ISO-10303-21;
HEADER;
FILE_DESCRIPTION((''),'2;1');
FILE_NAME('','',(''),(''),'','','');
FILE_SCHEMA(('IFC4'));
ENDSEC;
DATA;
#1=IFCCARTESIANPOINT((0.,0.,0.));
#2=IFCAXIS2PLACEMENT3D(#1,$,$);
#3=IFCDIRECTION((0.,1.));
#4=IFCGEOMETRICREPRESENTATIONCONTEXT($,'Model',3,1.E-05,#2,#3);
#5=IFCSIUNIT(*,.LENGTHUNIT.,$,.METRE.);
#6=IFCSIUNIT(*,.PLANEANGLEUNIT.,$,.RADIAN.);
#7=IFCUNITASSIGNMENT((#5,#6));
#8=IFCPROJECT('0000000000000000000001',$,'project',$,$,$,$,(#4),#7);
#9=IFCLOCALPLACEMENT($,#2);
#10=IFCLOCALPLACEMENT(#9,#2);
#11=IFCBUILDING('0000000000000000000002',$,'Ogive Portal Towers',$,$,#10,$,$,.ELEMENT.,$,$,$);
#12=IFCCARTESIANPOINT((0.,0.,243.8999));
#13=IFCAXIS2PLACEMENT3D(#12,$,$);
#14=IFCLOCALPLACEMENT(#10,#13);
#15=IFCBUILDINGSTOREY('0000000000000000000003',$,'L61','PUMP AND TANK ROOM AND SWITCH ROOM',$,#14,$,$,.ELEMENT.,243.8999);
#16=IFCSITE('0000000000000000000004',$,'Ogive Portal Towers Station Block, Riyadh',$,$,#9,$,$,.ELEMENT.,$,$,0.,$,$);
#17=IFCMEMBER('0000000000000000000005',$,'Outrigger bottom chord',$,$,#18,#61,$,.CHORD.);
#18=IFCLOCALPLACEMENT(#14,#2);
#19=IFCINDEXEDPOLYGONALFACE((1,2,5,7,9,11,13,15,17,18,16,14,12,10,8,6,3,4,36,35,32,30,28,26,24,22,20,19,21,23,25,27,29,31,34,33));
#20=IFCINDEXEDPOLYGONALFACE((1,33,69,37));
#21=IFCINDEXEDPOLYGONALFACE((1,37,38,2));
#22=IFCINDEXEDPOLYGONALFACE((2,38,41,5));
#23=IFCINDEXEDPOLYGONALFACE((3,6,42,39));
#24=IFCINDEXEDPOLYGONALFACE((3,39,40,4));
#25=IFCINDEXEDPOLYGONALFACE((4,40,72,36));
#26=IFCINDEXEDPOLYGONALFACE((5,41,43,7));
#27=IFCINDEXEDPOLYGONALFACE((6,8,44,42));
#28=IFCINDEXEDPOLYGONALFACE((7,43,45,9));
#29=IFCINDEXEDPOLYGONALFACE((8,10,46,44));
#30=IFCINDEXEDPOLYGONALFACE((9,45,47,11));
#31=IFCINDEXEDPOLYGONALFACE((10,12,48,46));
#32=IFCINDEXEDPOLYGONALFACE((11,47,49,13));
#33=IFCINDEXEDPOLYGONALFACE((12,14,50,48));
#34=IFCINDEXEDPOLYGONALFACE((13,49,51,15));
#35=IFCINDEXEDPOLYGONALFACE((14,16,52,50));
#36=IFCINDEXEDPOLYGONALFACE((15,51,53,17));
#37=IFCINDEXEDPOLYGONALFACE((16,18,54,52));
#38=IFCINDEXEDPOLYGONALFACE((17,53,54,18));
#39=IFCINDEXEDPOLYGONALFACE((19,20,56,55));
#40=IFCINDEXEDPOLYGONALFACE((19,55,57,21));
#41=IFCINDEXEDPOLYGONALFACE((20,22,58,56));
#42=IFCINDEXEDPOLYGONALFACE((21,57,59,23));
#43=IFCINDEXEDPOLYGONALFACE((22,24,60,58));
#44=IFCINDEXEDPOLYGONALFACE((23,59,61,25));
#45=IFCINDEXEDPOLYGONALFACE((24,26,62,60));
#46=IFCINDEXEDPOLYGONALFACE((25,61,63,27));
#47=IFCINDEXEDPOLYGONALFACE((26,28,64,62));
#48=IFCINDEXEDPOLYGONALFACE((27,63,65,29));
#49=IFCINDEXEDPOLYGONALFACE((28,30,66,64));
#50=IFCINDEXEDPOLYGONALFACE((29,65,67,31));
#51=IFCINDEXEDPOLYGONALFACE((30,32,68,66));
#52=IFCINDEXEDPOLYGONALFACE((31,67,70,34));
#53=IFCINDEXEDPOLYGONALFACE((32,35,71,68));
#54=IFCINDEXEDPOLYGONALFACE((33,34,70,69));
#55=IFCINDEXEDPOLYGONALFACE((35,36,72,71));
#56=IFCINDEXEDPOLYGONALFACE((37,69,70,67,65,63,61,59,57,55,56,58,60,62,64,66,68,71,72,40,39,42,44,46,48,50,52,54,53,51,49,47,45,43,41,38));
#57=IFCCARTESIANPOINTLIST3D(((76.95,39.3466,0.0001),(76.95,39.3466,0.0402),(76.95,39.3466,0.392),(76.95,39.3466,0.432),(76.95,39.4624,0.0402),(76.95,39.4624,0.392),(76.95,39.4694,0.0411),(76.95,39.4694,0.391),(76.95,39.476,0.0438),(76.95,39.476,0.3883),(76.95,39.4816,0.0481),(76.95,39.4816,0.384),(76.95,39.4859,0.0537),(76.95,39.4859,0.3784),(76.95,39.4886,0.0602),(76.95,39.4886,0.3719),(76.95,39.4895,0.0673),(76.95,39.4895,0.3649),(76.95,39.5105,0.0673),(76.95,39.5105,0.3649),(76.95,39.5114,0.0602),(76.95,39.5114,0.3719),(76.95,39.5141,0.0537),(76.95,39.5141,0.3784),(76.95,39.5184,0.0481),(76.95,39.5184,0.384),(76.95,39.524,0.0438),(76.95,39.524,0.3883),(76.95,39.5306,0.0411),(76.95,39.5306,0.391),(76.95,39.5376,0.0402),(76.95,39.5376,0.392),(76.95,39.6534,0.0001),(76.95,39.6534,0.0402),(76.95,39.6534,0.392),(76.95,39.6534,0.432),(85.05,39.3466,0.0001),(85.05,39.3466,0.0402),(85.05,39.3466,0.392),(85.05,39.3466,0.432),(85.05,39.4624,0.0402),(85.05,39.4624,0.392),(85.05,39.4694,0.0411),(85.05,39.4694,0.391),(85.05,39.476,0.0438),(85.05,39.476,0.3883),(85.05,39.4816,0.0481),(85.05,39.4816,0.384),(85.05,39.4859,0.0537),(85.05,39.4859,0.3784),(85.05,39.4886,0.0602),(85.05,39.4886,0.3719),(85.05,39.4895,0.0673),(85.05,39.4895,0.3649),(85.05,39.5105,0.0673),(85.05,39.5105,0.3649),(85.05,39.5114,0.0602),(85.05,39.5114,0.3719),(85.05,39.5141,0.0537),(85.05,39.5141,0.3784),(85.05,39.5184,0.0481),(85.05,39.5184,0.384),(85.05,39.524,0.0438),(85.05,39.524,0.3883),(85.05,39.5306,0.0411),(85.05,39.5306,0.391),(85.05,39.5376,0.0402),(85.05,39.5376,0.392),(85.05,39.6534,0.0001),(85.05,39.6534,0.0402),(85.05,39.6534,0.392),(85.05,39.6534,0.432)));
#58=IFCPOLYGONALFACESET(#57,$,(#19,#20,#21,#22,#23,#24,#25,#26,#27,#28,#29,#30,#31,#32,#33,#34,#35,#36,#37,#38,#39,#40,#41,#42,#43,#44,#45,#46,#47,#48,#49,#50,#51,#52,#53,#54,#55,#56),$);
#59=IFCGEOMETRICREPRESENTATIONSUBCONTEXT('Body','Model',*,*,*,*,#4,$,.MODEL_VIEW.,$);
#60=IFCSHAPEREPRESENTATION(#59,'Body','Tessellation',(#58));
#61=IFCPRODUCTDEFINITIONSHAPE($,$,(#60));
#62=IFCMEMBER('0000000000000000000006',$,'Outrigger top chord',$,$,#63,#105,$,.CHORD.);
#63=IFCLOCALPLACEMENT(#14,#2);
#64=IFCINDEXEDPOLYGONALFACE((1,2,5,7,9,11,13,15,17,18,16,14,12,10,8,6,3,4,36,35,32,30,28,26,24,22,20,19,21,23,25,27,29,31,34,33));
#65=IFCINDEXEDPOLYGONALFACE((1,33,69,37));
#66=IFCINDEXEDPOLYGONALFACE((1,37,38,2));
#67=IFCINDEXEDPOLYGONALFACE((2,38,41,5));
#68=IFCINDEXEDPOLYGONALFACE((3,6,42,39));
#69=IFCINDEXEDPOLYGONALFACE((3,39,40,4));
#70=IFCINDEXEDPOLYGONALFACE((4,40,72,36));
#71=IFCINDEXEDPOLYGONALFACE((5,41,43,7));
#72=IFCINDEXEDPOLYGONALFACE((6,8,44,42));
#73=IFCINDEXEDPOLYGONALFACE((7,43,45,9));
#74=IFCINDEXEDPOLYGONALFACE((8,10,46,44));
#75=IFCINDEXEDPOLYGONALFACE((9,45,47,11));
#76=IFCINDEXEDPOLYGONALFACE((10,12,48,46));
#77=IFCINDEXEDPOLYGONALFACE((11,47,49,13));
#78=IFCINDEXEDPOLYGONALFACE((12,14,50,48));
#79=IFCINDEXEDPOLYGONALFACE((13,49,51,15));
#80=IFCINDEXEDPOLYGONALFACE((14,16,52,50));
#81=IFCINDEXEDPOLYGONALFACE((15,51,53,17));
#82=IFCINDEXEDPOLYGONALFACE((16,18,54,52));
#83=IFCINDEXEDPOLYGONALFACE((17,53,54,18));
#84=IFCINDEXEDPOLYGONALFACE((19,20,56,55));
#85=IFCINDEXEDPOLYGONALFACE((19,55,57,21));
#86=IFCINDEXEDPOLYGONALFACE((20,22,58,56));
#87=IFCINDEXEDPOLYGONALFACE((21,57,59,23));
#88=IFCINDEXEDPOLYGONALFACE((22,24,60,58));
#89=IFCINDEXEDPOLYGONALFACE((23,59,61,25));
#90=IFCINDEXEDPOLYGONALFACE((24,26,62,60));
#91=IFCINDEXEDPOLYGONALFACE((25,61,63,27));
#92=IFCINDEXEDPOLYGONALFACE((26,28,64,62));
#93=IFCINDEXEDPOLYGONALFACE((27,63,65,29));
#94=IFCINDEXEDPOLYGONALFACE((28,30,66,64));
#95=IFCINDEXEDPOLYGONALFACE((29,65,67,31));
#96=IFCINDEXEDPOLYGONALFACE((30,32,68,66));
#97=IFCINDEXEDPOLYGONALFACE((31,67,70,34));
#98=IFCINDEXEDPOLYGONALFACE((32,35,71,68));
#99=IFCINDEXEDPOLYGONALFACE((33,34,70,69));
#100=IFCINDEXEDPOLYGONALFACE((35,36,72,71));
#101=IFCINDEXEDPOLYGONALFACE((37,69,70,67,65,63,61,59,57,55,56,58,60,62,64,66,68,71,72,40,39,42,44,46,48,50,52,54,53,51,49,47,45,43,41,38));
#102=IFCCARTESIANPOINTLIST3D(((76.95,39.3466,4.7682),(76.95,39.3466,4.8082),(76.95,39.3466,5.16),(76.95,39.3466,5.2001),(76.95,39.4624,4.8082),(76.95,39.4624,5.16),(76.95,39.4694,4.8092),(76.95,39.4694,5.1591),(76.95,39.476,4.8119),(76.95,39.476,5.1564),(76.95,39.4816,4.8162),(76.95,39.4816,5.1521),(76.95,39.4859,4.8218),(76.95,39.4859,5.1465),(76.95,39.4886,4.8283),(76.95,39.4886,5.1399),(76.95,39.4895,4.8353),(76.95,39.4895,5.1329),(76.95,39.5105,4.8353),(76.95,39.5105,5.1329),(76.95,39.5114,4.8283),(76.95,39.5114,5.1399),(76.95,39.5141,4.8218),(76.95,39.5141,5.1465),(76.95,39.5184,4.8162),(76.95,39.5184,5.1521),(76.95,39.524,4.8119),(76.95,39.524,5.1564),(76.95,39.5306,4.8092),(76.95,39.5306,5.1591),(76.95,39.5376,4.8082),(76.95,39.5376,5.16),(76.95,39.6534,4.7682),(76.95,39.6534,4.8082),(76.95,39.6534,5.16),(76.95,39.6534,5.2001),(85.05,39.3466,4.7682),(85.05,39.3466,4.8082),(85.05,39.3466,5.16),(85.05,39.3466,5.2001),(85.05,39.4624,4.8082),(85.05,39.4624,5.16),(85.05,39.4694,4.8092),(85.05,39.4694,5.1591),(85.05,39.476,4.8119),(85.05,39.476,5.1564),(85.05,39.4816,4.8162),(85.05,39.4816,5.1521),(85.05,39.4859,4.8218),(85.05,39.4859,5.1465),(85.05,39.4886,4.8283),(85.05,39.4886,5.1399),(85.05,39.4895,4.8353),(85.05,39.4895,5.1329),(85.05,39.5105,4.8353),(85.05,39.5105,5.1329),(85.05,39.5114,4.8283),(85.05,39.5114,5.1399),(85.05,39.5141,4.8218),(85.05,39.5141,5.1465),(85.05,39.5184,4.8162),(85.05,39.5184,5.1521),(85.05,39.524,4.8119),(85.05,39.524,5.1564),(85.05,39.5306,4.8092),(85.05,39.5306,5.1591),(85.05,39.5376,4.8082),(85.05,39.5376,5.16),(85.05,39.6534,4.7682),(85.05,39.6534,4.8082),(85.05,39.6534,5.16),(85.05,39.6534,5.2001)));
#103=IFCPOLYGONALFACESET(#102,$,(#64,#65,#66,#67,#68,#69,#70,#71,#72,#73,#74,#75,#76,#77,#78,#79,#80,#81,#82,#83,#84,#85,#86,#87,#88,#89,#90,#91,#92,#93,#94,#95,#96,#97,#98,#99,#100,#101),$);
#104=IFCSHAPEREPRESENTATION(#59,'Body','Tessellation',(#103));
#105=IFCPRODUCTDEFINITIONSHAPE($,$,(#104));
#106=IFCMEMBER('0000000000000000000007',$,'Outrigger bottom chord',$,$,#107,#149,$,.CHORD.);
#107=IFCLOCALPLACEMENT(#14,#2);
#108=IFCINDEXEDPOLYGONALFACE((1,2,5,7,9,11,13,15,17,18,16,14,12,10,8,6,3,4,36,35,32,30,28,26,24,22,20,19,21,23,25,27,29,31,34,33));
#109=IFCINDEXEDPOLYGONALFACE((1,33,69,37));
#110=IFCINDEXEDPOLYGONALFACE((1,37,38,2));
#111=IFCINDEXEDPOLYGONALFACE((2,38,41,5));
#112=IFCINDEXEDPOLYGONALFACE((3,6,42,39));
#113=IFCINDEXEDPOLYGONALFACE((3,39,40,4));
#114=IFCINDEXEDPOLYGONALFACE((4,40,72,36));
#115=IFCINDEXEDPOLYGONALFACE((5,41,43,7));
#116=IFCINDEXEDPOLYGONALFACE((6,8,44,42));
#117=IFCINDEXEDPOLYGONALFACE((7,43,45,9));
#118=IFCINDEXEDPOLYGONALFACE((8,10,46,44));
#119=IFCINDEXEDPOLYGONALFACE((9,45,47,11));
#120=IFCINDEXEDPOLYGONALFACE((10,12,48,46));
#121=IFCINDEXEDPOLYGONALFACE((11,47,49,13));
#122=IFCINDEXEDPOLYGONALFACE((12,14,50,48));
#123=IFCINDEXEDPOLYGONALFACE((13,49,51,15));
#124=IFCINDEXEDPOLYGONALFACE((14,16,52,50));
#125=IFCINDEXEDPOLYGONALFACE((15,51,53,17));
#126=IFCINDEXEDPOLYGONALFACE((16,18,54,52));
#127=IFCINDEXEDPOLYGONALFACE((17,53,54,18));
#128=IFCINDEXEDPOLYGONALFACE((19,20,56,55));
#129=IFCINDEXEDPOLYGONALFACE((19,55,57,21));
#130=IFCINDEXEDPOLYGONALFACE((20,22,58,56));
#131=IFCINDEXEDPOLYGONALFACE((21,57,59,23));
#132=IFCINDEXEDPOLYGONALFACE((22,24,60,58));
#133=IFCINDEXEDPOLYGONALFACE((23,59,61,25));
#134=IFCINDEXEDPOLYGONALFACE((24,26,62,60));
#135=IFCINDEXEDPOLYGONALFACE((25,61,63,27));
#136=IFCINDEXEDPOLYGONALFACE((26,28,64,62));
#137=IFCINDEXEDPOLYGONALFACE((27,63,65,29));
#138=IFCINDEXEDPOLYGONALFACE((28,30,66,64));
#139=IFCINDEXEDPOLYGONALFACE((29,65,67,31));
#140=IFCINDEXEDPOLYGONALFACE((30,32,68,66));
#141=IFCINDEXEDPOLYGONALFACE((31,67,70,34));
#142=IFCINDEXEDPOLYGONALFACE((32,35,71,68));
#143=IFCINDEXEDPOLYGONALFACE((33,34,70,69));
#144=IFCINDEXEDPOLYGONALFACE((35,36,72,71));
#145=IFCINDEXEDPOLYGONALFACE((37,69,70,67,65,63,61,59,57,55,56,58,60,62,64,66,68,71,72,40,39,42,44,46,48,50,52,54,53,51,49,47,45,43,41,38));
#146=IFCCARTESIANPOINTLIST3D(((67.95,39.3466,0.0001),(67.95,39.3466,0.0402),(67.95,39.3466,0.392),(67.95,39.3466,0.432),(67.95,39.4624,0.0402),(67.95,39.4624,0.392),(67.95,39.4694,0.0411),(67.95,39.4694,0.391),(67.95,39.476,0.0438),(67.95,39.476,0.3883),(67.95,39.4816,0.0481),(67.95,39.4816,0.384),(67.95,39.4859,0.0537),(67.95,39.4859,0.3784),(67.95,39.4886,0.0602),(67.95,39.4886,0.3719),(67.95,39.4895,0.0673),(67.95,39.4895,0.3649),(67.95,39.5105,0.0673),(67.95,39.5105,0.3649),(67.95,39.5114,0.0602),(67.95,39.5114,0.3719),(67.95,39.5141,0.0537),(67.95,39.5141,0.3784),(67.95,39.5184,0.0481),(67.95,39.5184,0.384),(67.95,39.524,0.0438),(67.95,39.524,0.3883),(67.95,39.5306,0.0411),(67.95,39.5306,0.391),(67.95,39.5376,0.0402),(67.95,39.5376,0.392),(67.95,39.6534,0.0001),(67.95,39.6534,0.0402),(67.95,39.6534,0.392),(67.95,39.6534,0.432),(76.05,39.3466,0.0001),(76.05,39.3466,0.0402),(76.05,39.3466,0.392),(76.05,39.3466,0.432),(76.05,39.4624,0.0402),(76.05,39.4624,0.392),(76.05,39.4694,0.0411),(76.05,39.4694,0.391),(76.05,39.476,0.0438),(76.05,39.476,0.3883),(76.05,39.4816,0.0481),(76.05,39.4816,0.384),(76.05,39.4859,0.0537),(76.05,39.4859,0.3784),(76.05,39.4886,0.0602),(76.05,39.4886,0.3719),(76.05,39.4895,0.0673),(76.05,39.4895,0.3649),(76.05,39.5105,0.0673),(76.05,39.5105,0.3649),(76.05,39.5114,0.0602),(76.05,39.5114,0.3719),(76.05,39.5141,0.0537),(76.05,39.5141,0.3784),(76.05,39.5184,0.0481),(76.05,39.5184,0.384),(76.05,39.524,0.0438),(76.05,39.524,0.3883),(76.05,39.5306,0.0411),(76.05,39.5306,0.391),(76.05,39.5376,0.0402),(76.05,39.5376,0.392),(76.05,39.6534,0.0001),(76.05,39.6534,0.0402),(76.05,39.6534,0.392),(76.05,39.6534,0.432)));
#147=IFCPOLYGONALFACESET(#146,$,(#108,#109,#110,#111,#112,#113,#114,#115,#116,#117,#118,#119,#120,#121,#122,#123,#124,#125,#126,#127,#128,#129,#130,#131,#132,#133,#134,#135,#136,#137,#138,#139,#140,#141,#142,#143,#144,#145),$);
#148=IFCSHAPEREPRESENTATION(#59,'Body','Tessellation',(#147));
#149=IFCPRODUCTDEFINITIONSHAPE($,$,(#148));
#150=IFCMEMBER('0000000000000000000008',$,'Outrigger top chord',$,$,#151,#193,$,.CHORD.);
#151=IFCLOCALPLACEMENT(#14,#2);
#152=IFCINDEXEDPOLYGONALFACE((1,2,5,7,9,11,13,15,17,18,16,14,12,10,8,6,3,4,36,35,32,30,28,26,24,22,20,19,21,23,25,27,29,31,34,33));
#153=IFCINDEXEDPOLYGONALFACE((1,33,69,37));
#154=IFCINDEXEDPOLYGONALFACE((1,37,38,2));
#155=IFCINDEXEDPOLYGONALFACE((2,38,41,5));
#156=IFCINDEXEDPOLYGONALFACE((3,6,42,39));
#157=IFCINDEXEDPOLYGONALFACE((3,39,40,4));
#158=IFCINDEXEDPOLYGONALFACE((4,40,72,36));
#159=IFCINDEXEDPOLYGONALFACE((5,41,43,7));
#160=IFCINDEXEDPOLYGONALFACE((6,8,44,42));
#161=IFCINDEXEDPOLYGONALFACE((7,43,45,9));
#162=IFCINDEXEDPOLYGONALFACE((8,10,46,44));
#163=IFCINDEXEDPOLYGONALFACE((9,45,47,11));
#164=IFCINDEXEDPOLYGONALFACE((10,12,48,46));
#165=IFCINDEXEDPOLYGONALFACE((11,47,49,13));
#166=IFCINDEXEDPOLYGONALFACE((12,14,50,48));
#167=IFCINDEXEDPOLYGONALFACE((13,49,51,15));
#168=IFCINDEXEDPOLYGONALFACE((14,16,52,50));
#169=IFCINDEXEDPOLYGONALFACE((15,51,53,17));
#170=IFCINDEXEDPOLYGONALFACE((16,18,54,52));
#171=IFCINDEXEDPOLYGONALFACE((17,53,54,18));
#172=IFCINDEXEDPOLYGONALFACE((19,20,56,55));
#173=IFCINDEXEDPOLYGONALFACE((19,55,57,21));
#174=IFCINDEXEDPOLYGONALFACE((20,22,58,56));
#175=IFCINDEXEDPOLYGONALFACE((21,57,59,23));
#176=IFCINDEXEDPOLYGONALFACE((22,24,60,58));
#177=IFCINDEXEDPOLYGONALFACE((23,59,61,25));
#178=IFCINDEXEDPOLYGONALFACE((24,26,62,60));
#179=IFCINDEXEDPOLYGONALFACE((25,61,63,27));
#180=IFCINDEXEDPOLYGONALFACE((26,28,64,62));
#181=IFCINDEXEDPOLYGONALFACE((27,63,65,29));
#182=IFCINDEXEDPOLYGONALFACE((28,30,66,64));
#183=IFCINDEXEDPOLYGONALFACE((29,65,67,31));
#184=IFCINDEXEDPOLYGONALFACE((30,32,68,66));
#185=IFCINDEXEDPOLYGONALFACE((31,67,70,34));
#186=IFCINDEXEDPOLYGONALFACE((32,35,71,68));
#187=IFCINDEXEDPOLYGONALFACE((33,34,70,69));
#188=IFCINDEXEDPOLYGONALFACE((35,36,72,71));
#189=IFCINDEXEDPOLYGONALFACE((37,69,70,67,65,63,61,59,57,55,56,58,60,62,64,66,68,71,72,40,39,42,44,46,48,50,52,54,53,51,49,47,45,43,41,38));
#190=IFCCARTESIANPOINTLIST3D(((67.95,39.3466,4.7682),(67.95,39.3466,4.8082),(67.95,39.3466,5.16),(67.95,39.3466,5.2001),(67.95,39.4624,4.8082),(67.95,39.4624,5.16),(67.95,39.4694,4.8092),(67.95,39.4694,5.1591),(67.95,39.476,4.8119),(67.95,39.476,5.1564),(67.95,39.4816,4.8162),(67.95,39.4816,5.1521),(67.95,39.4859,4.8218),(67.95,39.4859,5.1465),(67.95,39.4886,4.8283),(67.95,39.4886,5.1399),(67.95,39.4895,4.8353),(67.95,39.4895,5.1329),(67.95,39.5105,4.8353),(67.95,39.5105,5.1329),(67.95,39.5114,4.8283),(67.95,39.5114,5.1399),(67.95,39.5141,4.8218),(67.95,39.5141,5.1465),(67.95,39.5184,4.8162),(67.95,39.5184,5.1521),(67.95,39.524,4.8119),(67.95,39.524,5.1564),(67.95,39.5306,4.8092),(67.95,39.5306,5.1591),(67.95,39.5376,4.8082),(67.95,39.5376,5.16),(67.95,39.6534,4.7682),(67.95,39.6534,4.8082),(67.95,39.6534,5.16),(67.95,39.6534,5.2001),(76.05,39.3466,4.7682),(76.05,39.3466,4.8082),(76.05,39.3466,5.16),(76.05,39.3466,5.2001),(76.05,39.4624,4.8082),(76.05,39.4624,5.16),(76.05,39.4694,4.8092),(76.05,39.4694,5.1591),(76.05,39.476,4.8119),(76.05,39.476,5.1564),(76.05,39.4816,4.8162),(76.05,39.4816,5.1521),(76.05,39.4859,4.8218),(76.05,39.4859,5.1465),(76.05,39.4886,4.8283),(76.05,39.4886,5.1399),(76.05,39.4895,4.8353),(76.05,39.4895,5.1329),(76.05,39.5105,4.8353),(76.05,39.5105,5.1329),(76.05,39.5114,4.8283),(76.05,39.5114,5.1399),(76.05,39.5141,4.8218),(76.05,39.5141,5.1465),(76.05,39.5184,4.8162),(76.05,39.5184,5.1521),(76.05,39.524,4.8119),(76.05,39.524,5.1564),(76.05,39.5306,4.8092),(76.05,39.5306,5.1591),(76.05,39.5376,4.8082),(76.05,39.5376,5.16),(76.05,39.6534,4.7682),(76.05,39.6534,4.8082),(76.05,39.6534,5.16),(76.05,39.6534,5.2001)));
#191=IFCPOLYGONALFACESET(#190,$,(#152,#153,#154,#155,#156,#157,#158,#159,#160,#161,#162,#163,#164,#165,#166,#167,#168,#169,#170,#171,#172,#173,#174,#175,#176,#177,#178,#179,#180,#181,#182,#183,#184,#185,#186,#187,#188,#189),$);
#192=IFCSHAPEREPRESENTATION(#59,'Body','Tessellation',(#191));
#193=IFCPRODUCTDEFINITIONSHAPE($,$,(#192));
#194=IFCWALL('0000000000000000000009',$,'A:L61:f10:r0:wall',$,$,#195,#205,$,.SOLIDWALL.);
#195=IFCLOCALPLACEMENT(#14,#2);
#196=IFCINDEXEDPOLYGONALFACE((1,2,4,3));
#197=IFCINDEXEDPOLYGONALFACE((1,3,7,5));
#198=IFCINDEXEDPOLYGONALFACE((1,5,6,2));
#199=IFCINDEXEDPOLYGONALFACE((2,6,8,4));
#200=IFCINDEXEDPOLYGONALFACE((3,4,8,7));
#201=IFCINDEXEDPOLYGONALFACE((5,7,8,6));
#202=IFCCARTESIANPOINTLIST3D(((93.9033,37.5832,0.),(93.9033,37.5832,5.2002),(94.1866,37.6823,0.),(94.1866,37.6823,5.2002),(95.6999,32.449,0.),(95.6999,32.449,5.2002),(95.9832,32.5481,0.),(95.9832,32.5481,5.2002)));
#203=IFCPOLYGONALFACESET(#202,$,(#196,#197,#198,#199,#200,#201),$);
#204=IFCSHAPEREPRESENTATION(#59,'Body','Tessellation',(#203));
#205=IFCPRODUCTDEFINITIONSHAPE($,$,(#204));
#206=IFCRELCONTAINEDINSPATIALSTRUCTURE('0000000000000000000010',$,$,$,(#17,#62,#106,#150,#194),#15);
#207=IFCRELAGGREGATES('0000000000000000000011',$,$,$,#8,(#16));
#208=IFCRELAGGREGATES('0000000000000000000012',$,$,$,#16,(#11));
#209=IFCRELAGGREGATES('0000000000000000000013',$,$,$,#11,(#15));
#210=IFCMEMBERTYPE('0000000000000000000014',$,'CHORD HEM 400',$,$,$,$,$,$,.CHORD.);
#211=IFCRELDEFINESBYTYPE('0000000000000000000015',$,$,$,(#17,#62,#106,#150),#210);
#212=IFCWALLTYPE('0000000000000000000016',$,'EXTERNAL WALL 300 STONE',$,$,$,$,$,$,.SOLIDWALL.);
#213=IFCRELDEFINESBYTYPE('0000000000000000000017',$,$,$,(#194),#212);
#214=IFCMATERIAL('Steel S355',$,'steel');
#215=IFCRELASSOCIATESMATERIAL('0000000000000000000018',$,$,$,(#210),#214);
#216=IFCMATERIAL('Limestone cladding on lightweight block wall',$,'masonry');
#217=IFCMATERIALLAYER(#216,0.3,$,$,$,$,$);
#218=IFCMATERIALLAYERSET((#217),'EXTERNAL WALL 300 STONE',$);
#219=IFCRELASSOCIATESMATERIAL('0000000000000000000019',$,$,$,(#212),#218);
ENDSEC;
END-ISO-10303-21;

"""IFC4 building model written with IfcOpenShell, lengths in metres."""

from ifc_helpers import new_model, si_unit, direction, frame, frame_2d, origin, origin_2d, place, context, subcontext, project, spatial, rectangle, i_section, extrude, material, layer, layer_set, material_profile, profile_set, type_object, element, save


model = new_model("IFC4")

# Units and contexts
model_context = context("Model", 3, precision=1e-05, world=origin(), true_north=direction((0.0, 1.0)))
body_context = subcontext(model_context, "Body", "Model", "MODEL_VIEW")
ifc_project = project(units=[si_unit("LENGTHUNIT", "METRE"), si_unit("PLANEANGLEUNIT", "RADIAN")], contexts=[model_context])

# Site, building, storey
site_placement = place(None, origin())
site = spatial("IfcSite", under=ifc_project, at=site_placement, Name="Ogive Portal Towers Station Block, Riyadh", CompositionType="ELEMENT", RefElevation=0.0)
building_placement = place(site_placement, origin())
building = spatial("IfcBuilding", under=site, at=building_placement, Name="Ogive Portal Towers", CompositionType="ELEMENT")
storey_placement = place(building_placement, frame((0.0, 0.0, 243.8999)))
storey = spatial("IfcBuildingStorey", under=building, at=storey_placement, Name="L61", Description="PUMP AND TANK ROOM AND SWITCH ROOM", CompositionType="ELEMENT", Elevation=243.8999)

# Members
ifc_material_1 = material(Name="Steel S355", Category="steel")
ifc_material_profile_1 = material_profile(ifc_material_1, i_section(OverallWidth=0.3069, OverallDepth=0.4319, WebThickness=0.021, FlangeThickness=0.04, FilletRadius=0.0271, at=origin_2d()), Name="HEM 400")
ifc_profile_set_1 = profile_set([ifc_material_profile_1], Name="Steel S355")
member_type_1 = type_object("IfcMemberType", Name="CHORD HEM 400", PredefinedType="CHORD", material=ifc_profile_set_1)
for number, where, z_axis, x_axis, name in (
    (1, (85.05, 39.5, 0.2161), (-1.0, 0.0, 0.0), (0.0, -1.0, 0.0), "Outrigger bottom chord"),
    (2, (85.05, 39.5, 4.9841), (-1.0, 0.0, 0.0), (0.0, -1.0, 0.0), "Outrigger top chord"),
    (3, (76.05, 39.5, 0.2161), (-1.0, 0.0, 0.0), (0.0, -1.0, 0.0), "Outrigger bottom chord"),
    (4, (76.05, 39.5, 4.9841), (-1.0, 0.0, 0.0), (0.0, -1.0, 0.0), "Outrigger top chord"),
):
    element("IfcMember", number, at=place(storey_placement, frame(where, z_axis=z_axis, x_axis=x_axis)), inside=storey, type_object=member_type_1, Name=name, PredefinedType="CHORD", context=body_context, shape_type="SweptSolid", body=[
        extrude(i_section(OverallWidth=0.3069, OverallDepth=0.4319, WebThickness=0.021, FlangeThickness=0.04, FilletRadius=0.0271, at=origin_2d()), origin(), (0.0, 0.0, 1.0), 8.1001),
    ])

# Wall
ifc_material_2 = material(Name="Limestone cladding on lightweight block wall", Category="masonry")
ifc_layer_1 = layer(ifc_material_2, 0.3)
ifc_layer_set_1 = layer_set([ifc_layer_1], Name="EXTERNAL WALL 300 STONE")
wall_type_1 = type_object("IfcWallType", Name="EXTERNAL WALL 300 STONE", PredefinedType="SOLIDWALL", material=ifc_layer_set_1)
wall_1_placement = place(storey_placement, frame((95.8416, 32.4985, 0.0), z_axis=(0.0, 0.0, 1.0), x_axis=(-0.33029, 0.943879, 0.0)))
element("IfcWall", 5, at=wall_1_placement, inside=storey, type_object=wall_type_1, Name="A:L61:f10:r0:wall", PredefinedType="SOLIDWALL", context=body_context, shape_type="SweptSolid", body=[
    extrude(rectangle(XDim=5.4395, YDim=0.3, at=frame_2d((2.7197, 0.0))), origin(), (0.0, 0.0, 1.0), 5.2002),
])

save(model, "model.ifc")
